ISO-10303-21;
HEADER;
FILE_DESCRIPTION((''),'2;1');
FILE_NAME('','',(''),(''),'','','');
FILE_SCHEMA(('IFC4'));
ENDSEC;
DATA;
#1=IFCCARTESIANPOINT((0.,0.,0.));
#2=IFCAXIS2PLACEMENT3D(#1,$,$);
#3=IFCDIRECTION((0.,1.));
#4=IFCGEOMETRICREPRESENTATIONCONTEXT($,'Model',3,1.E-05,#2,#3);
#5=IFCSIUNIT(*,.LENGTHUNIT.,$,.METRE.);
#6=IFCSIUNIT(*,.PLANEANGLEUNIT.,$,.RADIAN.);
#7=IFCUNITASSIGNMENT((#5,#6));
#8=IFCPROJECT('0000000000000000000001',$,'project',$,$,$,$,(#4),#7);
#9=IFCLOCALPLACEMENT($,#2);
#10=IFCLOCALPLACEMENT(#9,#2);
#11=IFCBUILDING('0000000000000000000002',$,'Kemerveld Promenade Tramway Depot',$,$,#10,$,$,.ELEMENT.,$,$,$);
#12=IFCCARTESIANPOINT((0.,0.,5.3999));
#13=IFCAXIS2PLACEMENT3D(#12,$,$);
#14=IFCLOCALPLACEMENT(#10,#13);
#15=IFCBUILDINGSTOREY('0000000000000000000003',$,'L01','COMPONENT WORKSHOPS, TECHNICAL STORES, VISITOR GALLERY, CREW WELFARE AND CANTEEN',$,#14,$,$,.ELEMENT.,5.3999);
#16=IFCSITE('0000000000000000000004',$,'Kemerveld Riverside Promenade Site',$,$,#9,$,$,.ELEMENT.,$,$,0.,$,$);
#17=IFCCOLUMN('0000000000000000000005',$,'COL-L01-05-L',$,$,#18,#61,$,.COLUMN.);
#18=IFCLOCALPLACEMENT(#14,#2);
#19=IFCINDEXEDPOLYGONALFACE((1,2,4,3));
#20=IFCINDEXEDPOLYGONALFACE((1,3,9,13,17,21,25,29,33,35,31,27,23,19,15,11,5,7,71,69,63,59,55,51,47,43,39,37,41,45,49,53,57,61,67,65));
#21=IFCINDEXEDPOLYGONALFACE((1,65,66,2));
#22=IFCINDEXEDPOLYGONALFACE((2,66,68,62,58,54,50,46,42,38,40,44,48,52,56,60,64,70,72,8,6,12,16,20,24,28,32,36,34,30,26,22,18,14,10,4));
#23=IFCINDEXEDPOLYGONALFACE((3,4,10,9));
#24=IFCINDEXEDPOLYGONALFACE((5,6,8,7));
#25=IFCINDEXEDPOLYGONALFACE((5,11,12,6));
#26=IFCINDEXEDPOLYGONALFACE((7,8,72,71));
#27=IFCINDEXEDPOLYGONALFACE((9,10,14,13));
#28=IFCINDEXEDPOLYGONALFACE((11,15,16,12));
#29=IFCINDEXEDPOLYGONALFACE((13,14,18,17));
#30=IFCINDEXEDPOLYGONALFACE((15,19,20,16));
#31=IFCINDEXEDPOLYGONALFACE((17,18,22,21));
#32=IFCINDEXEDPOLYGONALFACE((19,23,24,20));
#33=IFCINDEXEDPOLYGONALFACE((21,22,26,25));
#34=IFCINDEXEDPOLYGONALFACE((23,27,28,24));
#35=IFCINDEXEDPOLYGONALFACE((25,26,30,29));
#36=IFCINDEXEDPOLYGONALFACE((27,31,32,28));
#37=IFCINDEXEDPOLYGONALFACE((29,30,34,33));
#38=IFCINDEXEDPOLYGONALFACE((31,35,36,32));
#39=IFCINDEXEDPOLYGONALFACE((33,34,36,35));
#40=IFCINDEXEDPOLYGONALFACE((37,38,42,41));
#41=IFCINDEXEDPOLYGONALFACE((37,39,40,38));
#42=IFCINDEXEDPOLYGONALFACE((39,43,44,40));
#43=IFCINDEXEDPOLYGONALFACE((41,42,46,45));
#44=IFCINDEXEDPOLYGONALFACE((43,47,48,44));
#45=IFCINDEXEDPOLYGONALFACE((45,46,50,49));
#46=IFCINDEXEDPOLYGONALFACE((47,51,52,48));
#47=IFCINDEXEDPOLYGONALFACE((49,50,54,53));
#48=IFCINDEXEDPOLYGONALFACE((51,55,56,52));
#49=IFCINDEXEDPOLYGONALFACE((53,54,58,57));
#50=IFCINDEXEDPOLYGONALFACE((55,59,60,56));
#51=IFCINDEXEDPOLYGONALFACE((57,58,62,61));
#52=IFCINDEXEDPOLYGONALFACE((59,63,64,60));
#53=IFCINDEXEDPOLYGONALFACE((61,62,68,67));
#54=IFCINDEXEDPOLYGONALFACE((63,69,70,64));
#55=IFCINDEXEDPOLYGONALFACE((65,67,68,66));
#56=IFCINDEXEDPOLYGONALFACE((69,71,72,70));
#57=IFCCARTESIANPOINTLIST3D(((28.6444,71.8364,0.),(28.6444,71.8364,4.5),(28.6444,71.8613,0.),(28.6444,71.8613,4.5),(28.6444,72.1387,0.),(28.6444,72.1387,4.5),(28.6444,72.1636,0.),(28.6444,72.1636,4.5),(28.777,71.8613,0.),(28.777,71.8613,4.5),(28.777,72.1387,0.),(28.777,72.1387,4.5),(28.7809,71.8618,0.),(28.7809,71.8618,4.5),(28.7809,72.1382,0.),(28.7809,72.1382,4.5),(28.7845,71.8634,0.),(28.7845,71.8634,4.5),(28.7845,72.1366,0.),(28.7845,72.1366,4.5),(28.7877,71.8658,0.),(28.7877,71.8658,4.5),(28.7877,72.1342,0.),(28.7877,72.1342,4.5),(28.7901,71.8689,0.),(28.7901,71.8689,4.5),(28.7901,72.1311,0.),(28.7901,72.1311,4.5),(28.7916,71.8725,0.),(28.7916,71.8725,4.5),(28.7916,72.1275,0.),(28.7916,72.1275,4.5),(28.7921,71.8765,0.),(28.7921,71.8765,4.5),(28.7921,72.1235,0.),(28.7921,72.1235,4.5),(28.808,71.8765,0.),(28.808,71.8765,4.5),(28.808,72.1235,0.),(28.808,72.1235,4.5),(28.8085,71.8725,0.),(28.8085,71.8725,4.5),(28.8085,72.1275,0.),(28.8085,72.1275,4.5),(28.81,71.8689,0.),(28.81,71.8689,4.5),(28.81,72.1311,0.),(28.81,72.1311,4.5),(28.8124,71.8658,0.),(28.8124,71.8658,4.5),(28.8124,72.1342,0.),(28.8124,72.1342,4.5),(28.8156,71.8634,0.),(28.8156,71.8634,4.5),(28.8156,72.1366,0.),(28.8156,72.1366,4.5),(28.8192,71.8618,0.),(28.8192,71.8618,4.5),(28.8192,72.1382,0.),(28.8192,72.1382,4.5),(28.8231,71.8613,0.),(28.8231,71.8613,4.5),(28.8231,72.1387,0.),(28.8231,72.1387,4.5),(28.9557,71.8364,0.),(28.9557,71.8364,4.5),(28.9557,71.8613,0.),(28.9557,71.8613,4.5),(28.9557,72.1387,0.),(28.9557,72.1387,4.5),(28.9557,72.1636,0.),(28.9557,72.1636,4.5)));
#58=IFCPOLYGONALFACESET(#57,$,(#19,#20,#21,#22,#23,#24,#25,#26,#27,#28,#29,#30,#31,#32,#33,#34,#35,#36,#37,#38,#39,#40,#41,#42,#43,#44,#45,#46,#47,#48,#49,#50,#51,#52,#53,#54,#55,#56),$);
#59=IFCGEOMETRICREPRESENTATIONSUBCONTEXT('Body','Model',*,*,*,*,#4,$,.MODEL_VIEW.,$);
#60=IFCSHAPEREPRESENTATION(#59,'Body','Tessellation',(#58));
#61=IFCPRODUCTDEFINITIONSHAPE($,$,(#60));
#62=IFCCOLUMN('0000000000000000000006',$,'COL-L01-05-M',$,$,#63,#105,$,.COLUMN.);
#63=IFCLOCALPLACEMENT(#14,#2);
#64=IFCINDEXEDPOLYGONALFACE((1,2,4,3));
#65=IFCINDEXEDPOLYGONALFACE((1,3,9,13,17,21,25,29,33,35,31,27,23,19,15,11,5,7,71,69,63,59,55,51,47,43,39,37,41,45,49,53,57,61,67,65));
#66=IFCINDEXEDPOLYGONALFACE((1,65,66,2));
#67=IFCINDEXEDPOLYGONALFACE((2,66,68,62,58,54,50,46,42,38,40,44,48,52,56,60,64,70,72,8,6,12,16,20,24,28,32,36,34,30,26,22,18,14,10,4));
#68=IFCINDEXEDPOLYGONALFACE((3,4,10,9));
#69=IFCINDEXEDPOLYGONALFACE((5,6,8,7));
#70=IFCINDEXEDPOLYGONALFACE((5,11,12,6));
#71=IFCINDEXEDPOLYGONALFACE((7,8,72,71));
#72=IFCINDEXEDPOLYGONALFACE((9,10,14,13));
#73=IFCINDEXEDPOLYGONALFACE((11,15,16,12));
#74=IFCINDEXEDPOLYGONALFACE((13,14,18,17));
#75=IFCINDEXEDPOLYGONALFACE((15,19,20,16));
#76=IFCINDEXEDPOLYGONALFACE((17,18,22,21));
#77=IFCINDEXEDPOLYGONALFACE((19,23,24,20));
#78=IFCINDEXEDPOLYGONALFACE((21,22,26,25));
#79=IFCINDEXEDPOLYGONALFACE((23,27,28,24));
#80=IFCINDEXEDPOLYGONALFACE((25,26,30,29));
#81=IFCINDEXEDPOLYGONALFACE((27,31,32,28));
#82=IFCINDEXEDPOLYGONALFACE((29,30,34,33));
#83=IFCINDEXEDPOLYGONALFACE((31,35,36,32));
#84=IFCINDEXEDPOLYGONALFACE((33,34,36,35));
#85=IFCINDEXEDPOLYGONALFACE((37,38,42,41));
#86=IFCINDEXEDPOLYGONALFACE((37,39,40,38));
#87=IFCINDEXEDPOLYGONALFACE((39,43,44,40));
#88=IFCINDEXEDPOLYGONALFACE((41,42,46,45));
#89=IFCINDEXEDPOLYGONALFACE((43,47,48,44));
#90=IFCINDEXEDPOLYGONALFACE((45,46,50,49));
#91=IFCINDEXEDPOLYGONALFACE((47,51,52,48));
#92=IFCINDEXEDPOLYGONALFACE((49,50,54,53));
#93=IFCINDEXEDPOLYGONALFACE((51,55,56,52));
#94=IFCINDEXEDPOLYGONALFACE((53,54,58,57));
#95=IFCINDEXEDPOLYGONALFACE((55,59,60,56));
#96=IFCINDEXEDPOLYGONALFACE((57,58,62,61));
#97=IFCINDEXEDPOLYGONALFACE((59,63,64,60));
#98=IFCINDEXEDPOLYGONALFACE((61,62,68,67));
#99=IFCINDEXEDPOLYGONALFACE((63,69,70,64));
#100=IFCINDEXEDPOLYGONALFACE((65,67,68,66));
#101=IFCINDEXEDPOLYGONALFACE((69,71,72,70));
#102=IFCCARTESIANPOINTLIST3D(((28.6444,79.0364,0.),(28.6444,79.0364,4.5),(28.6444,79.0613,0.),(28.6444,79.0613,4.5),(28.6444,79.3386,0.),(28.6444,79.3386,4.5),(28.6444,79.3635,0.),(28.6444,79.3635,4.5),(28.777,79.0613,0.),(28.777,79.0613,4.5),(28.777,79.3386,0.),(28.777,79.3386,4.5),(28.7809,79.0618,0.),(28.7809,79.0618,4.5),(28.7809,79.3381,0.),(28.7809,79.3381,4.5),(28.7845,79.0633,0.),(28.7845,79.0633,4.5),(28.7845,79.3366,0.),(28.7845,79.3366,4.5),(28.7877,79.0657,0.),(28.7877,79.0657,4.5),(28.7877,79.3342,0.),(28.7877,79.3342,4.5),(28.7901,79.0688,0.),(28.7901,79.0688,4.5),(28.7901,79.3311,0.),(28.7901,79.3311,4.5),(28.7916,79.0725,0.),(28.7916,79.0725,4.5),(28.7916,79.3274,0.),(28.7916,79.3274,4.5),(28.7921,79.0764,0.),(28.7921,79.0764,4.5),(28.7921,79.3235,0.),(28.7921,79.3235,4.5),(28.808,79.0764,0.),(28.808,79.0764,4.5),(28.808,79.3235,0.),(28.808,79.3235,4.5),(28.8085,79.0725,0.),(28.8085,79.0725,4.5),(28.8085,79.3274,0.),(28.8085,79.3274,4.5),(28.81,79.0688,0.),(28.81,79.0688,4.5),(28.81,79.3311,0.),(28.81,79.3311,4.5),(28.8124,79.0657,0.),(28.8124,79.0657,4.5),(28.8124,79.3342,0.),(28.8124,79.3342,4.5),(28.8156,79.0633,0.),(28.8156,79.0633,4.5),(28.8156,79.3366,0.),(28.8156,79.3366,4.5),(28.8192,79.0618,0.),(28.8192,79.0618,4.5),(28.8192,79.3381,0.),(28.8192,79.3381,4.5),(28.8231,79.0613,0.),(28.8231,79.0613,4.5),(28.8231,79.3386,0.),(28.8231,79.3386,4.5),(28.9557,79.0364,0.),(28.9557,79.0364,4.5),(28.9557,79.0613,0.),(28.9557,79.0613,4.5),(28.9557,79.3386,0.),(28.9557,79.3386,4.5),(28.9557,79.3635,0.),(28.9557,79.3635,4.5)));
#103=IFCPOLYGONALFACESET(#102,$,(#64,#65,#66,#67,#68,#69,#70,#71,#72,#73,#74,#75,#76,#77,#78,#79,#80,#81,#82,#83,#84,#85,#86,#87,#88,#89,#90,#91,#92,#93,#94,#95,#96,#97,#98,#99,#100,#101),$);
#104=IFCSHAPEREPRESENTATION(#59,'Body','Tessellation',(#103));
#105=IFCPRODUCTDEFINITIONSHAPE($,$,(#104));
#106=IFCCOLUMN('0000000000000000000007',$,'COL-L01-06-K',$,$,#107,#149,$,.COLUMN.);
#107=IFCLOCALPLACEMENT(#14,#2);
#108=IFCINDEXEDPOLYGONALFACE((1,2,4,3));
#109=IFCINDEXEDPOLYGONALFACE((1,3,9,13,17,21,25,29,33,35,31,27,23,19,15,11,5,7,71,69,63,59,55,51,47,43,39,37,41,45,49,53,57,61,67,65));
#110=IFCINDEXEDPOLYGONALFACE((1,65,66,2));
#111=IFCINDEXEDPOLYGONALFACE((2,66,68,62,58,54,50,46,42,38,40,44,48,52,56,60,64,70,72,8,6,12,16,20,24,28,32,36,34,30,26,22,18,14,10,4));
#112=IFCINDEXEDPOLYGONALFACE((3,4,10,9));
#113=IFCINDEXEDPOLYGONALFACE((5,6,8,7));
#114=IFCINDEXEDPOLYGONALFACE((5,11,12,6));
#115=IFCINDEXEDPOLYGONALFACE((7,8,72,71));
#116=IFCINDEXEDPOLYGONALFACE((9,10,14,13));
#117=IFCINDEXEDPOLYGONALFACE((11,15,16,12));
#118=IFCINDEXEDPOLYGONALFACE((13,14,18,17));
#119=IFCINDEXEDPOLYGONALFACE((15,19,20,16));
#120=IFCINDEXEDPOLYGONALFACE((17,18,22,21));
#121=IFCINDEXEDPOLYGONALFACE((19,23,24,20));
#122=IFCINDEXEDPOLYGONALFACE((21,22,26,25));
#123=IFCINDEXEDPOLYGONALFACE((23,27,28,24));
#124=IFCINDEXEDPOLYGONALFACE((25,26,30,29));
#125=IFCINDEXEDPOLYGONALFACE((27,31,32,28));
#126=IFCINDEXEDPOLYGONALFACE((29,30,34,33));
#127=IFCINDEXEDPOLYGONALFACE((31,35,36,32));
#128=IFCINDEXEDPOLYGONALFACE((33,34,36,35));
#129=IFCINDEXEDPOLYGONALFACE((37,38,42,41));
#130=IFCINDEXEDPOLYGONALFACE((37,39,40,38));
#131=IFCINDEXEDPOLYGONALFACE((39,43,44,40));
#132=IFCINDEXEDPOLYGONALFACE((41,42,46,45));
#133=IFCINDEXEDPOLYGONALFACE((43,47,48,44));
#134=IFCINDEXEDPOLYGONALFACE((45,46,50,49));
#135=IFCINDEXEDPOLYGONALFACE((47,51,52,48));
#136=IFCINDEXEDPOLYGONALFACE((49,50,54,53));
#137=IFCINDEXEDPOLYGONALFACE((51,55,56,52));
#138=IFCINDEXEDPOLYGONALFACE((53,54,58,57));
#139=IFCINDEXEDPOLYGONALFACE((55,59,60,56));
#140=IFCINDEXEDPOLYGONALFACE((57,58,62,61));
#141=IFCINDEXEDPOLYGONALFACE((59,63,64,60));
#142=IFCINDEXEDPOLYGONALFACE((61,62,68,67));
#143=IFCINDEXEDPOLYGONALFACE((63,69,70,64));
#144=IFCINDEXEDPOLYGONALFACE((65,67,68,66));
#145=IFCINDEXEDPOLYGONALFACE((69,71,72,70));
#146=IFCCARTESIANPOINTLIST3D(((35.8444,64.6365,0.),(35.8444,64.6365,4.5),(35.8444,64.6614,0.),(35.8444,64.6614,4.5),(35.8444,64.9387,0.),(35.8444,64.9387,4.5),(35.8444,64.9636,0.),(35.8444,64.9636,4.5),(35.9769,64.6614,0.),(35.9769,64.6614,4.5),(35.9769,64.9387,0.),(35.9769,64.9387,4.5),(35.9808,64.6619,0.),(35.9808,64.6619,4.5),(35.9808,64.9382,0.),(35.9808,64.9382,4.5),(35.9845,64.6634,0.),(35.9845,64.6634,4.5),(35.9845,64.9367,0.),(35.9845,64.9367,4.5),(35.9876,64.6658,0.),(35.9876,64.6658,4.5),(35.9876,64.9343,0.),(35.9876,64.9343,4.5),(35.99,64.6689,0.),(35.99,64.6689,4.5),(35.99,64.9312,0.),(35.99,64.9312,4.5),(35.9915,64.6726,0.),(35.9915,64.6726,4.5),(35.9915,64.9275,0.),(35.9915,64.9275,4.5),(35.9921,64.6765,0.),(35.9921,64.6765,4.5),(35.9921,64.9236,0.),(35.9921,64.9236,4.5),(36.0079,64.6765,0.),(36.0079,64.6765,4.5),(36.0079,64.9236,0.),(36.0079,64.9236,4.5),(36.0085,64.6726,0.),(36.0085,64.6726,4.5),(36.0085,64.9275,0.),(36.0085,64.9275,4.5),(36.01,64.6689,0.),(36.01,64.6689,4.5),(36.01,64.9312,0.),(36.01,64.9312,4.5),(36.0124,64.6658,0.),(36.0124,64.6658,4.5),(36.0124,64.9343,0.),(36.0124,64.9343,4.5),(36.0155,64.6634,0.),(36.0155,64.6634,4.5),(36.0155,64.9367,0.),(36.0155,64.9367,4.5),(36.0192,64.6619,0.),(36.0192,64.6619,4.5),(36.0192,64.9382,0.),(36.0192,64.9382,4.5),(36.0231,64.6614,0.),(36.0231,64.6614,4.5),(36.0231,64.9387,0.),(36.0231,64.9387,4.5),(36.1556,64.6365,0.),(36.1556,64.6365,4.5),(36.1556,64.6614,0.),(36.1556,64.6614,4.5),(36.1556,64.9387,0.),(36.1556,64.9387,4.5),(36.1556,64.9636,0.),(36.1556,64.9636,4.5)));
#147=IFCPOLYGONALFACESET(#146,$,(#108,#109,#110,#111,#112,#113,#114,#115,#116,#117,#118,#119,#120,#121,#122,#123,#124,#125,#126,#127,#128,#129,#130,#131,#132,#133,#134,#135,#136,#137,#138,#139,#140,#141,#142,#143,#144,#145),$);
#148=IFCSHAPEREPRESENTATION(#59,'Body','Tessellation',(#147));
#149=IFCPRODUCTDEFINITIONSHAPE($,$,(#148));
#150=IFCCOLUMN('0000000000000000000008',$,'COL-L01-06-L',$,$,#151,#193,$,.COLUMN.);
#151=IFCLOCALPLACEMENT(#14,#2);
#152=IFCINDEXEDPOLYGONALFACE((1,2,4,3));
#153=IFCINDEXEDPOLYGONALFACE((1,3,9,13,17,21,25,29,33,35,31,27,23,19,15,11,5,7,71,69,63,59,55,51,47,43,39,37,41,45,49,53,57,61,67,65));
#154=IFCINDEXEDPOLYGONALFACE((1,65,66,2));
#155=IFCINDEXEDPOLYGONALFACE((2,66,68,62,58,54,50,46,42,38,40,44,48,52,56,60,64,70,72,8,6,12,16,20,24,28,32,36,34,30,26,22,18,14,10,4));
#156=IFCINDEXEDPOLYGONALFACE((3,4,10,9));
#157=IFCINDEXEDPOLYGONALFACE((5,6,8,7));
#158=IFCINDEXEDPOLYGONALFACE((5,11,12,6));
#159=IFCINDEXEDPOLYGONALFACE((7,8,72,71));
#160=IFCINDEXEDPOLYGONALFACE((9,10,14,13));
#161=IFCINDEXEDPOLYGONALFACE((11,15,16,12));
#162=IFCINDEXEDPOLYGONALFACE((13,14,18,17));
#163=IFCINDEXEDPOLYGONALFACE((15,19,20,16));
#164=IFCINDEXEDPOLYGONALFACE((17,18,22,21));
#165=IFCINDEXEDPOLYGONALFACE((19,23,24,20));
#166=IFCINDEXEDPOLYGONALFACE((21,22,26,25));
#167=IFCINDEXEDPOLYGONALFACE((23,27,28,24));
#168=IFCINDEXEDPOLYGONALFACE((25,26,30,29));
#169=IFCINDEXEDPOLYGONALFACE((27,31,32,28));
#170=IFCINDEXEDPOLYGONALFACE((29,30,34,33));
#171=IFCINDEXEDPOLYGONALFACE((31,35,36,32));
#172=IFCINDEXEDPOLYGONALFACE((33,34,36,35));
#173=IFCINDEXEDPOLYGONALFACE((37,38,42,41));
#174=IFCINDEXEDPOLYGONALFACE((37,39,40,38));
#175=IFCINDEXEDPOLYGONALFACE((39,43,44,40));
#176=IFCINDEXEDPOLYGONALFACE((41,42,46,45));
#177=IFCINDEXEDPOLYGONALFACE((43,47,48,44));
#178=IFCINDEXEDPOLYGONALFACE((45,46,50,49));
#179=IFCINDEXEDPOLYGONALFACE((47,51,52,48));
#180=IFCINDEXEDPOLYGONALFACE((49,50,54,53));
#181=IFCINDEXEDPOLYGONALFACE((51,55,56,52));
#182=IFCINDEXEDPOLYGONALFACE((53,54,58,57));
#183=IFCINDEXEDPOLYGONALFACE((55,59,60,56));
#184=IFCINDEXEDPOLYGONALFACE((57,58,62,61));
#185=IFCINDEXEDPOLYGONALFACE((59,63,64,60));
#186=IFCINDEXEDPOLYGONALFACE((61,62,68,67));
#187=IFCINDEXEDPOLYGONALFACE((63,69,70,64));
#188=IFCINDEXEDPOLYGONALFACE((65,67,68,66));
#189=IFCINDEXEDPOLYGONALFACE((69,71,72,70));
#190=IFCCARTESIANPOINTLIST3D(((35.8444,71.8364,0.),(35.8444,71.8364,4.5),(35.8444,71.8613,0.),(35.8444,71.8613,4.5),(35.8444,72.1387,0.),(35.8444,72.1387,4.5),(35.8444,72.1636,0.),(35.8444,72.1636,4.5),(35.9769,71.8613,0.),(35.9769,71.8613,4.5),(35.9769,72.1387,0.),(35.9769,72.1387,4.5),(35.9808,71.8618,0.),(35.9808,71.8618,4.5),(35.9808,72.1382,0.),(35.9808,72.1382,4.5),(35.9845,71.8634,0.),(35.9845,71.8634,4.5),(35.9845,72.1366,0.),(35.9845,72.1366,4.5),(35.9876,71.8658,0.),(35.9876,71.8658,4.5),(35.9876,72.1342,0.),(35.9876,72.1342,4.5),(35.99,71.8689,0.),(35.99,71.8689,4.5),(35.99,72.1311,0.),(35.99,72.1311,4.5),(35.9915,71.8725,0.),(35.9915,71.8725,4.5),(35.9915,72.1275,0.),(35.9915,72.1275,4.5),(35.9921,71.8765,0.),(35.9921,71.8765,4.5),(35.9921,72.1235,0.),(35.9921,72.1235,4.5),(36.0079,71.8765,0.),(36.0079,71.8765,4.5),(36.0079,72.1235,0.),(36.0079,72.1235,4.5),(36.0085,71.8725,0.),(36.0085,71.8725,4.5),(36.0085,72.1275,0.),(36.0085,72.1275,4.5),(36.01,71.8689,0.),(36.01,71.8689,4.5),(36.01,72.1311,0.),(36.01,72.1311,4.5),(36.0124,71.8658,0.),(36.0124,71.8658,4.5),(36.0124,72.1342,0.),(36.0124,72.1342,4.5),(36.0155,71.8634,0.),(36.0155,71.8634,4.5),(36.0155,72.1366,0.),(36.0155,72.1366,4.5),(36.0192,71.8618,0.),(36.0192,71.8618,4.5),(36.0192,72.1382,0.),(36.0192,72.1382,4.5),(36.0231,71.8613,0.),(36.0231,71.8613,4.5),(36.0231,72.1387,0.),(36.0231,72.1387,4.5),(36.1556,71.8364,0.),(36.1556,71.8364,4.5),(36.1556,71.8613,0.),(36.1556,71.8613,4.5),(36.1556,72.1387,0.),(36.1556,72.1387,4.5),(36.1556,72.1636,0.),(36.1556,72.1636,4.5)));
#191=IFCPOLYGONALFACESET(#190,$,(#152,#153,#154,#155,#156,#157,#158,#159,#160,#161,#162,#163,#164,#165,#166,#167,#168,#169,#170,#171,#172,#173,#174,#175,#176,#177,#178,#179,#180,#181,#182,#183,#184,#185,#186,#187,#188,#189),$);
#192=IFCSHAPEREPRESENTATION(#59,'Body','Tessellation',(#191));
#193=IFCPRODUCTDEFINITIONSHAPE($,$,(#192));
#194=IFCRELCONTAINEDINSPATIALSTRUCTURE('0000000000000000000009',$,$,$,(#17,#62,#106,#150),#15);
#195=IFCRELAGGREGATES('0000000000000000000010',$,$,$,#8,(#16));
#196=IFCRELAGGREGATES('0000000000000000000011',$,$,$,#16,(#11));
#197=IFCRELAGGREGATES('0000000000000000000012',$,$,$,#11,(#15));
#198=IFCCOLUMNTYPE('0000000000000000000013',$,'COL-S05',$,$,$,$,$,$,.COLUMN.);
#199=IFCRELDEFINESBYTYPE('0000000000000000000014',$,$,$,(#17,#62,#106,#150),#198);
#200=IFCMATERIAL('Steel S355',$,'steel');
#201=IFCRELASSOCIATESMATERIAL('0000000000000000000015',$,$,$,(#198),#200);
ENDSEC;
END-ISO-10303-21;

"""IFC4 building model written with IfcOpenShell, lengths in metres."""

from ifc_helpers import new_model, si_unit, direction, frame, origin, origin_2d, place, context, subcontext, project, spatial, i_section, extrude, material, material_profile, profile_set, type_object, element, save


model = new_model("IFC4")

# Units and contexts
model_context = context("Model", 3, precision=1e-05, world=origin(), true_north=direction((0.0, 1.0)))
body_context = subcontext(model_context, "Body", "Model", "MODEL_VIEW")
ifc_project = project(units=[si_unit("LENGTHUNIT", "METRE"), si_unit("PLANEANGLEUNIT", "RADIAN")], contexts=[model_context])

# Site, building, storey
site_placement = place(None, origin())
site = spatial("IfcSite", under=ifc_project, at=site_placement, Name="Kemerveld Riverside Promenade Site", CompositionType="ELEMENT", RefElevation=0.0)
building_placement = place(site_placement, origin())
building = spatial("IfcBuilding", under=site, at=building_placement, Name="Kemerveld Promenade Tramway Depot", CompositionType="ELEMENT")
storey_placement = place(building_placement, frame((0.0, 0.0, 5.3999)))
storey = spatial("IfcBuildingStorey", under=building, at=storey_placement, Name="L01", Description="COMPONENT WORKSHOPS, TECHNICAL STORES, VISITOR GALLERY, CREW WELFARE AND CANTEEN", CompositionType="ELEMENT", Elevation=5.3999)

# Columns
ifc_material_1 = material(Name="Steel S355", Category="steel")
ifc_material_profile_1 = material_profile(ifc_material_1, i_section(OverallWidth=0.3113, OverallDepth=0.3271, WebThickness=0.0159, FlangeThickness=0.0249, FilletRadius=0.0151, at=origin_2d()), Name="305x305x158 UC")
ifc_profile_set_1 = profile_set([ifc_material_profile_1], Name="Steel S355")
column_type = type_object("IfcColumnType", Name="COL-S05", PredefinedType="COLUMN", material=ifc_profile_set_1)
for number, where, z_axis, x_axis, name in (
    (1, (28.8, 72.0, 0.0), (0.0, 0.0, 1.0), (1.0, 0.0, 0.0), "COL-L01-05-L"),
    (2, (28.8, 79.2, 0.0), (0.0, 0.0, 1.0), (1.0, 0.0, 0.0), "COL-L01-05-M"),
    (3, (36.0, 64.8, 0.0), (0.0, 0.0, 1.0), (1.0, 0.0, 0.0), "COL-L01-06-K"),
    (4, (36.0, 72.0, 0.0), (0.0, 0.0, 1.0), (1.0, 0.0, 0.0), "COL-L01-06-L"),
):
    element("IfcColumn", number, at=place(storey_placement, frame(where, z_axis=z_axis, x_axis=x_axis)), inside=storey, type_object=column_type, Name=name, PredefinedType="COLUMN", context=body_context, shape_type="SweptSolid", body=[
        extrude(i_section(OverallWidth=0.3113, OverallDepth=0.3271, WebThickness=0.0159, FlangeThickness=0.0249, FilletRadius=0.0151, at=origin_2d()), origin(), (0.0, 0.0, 1.0), 4.5),
    ])

save(model, "model.ifc")
